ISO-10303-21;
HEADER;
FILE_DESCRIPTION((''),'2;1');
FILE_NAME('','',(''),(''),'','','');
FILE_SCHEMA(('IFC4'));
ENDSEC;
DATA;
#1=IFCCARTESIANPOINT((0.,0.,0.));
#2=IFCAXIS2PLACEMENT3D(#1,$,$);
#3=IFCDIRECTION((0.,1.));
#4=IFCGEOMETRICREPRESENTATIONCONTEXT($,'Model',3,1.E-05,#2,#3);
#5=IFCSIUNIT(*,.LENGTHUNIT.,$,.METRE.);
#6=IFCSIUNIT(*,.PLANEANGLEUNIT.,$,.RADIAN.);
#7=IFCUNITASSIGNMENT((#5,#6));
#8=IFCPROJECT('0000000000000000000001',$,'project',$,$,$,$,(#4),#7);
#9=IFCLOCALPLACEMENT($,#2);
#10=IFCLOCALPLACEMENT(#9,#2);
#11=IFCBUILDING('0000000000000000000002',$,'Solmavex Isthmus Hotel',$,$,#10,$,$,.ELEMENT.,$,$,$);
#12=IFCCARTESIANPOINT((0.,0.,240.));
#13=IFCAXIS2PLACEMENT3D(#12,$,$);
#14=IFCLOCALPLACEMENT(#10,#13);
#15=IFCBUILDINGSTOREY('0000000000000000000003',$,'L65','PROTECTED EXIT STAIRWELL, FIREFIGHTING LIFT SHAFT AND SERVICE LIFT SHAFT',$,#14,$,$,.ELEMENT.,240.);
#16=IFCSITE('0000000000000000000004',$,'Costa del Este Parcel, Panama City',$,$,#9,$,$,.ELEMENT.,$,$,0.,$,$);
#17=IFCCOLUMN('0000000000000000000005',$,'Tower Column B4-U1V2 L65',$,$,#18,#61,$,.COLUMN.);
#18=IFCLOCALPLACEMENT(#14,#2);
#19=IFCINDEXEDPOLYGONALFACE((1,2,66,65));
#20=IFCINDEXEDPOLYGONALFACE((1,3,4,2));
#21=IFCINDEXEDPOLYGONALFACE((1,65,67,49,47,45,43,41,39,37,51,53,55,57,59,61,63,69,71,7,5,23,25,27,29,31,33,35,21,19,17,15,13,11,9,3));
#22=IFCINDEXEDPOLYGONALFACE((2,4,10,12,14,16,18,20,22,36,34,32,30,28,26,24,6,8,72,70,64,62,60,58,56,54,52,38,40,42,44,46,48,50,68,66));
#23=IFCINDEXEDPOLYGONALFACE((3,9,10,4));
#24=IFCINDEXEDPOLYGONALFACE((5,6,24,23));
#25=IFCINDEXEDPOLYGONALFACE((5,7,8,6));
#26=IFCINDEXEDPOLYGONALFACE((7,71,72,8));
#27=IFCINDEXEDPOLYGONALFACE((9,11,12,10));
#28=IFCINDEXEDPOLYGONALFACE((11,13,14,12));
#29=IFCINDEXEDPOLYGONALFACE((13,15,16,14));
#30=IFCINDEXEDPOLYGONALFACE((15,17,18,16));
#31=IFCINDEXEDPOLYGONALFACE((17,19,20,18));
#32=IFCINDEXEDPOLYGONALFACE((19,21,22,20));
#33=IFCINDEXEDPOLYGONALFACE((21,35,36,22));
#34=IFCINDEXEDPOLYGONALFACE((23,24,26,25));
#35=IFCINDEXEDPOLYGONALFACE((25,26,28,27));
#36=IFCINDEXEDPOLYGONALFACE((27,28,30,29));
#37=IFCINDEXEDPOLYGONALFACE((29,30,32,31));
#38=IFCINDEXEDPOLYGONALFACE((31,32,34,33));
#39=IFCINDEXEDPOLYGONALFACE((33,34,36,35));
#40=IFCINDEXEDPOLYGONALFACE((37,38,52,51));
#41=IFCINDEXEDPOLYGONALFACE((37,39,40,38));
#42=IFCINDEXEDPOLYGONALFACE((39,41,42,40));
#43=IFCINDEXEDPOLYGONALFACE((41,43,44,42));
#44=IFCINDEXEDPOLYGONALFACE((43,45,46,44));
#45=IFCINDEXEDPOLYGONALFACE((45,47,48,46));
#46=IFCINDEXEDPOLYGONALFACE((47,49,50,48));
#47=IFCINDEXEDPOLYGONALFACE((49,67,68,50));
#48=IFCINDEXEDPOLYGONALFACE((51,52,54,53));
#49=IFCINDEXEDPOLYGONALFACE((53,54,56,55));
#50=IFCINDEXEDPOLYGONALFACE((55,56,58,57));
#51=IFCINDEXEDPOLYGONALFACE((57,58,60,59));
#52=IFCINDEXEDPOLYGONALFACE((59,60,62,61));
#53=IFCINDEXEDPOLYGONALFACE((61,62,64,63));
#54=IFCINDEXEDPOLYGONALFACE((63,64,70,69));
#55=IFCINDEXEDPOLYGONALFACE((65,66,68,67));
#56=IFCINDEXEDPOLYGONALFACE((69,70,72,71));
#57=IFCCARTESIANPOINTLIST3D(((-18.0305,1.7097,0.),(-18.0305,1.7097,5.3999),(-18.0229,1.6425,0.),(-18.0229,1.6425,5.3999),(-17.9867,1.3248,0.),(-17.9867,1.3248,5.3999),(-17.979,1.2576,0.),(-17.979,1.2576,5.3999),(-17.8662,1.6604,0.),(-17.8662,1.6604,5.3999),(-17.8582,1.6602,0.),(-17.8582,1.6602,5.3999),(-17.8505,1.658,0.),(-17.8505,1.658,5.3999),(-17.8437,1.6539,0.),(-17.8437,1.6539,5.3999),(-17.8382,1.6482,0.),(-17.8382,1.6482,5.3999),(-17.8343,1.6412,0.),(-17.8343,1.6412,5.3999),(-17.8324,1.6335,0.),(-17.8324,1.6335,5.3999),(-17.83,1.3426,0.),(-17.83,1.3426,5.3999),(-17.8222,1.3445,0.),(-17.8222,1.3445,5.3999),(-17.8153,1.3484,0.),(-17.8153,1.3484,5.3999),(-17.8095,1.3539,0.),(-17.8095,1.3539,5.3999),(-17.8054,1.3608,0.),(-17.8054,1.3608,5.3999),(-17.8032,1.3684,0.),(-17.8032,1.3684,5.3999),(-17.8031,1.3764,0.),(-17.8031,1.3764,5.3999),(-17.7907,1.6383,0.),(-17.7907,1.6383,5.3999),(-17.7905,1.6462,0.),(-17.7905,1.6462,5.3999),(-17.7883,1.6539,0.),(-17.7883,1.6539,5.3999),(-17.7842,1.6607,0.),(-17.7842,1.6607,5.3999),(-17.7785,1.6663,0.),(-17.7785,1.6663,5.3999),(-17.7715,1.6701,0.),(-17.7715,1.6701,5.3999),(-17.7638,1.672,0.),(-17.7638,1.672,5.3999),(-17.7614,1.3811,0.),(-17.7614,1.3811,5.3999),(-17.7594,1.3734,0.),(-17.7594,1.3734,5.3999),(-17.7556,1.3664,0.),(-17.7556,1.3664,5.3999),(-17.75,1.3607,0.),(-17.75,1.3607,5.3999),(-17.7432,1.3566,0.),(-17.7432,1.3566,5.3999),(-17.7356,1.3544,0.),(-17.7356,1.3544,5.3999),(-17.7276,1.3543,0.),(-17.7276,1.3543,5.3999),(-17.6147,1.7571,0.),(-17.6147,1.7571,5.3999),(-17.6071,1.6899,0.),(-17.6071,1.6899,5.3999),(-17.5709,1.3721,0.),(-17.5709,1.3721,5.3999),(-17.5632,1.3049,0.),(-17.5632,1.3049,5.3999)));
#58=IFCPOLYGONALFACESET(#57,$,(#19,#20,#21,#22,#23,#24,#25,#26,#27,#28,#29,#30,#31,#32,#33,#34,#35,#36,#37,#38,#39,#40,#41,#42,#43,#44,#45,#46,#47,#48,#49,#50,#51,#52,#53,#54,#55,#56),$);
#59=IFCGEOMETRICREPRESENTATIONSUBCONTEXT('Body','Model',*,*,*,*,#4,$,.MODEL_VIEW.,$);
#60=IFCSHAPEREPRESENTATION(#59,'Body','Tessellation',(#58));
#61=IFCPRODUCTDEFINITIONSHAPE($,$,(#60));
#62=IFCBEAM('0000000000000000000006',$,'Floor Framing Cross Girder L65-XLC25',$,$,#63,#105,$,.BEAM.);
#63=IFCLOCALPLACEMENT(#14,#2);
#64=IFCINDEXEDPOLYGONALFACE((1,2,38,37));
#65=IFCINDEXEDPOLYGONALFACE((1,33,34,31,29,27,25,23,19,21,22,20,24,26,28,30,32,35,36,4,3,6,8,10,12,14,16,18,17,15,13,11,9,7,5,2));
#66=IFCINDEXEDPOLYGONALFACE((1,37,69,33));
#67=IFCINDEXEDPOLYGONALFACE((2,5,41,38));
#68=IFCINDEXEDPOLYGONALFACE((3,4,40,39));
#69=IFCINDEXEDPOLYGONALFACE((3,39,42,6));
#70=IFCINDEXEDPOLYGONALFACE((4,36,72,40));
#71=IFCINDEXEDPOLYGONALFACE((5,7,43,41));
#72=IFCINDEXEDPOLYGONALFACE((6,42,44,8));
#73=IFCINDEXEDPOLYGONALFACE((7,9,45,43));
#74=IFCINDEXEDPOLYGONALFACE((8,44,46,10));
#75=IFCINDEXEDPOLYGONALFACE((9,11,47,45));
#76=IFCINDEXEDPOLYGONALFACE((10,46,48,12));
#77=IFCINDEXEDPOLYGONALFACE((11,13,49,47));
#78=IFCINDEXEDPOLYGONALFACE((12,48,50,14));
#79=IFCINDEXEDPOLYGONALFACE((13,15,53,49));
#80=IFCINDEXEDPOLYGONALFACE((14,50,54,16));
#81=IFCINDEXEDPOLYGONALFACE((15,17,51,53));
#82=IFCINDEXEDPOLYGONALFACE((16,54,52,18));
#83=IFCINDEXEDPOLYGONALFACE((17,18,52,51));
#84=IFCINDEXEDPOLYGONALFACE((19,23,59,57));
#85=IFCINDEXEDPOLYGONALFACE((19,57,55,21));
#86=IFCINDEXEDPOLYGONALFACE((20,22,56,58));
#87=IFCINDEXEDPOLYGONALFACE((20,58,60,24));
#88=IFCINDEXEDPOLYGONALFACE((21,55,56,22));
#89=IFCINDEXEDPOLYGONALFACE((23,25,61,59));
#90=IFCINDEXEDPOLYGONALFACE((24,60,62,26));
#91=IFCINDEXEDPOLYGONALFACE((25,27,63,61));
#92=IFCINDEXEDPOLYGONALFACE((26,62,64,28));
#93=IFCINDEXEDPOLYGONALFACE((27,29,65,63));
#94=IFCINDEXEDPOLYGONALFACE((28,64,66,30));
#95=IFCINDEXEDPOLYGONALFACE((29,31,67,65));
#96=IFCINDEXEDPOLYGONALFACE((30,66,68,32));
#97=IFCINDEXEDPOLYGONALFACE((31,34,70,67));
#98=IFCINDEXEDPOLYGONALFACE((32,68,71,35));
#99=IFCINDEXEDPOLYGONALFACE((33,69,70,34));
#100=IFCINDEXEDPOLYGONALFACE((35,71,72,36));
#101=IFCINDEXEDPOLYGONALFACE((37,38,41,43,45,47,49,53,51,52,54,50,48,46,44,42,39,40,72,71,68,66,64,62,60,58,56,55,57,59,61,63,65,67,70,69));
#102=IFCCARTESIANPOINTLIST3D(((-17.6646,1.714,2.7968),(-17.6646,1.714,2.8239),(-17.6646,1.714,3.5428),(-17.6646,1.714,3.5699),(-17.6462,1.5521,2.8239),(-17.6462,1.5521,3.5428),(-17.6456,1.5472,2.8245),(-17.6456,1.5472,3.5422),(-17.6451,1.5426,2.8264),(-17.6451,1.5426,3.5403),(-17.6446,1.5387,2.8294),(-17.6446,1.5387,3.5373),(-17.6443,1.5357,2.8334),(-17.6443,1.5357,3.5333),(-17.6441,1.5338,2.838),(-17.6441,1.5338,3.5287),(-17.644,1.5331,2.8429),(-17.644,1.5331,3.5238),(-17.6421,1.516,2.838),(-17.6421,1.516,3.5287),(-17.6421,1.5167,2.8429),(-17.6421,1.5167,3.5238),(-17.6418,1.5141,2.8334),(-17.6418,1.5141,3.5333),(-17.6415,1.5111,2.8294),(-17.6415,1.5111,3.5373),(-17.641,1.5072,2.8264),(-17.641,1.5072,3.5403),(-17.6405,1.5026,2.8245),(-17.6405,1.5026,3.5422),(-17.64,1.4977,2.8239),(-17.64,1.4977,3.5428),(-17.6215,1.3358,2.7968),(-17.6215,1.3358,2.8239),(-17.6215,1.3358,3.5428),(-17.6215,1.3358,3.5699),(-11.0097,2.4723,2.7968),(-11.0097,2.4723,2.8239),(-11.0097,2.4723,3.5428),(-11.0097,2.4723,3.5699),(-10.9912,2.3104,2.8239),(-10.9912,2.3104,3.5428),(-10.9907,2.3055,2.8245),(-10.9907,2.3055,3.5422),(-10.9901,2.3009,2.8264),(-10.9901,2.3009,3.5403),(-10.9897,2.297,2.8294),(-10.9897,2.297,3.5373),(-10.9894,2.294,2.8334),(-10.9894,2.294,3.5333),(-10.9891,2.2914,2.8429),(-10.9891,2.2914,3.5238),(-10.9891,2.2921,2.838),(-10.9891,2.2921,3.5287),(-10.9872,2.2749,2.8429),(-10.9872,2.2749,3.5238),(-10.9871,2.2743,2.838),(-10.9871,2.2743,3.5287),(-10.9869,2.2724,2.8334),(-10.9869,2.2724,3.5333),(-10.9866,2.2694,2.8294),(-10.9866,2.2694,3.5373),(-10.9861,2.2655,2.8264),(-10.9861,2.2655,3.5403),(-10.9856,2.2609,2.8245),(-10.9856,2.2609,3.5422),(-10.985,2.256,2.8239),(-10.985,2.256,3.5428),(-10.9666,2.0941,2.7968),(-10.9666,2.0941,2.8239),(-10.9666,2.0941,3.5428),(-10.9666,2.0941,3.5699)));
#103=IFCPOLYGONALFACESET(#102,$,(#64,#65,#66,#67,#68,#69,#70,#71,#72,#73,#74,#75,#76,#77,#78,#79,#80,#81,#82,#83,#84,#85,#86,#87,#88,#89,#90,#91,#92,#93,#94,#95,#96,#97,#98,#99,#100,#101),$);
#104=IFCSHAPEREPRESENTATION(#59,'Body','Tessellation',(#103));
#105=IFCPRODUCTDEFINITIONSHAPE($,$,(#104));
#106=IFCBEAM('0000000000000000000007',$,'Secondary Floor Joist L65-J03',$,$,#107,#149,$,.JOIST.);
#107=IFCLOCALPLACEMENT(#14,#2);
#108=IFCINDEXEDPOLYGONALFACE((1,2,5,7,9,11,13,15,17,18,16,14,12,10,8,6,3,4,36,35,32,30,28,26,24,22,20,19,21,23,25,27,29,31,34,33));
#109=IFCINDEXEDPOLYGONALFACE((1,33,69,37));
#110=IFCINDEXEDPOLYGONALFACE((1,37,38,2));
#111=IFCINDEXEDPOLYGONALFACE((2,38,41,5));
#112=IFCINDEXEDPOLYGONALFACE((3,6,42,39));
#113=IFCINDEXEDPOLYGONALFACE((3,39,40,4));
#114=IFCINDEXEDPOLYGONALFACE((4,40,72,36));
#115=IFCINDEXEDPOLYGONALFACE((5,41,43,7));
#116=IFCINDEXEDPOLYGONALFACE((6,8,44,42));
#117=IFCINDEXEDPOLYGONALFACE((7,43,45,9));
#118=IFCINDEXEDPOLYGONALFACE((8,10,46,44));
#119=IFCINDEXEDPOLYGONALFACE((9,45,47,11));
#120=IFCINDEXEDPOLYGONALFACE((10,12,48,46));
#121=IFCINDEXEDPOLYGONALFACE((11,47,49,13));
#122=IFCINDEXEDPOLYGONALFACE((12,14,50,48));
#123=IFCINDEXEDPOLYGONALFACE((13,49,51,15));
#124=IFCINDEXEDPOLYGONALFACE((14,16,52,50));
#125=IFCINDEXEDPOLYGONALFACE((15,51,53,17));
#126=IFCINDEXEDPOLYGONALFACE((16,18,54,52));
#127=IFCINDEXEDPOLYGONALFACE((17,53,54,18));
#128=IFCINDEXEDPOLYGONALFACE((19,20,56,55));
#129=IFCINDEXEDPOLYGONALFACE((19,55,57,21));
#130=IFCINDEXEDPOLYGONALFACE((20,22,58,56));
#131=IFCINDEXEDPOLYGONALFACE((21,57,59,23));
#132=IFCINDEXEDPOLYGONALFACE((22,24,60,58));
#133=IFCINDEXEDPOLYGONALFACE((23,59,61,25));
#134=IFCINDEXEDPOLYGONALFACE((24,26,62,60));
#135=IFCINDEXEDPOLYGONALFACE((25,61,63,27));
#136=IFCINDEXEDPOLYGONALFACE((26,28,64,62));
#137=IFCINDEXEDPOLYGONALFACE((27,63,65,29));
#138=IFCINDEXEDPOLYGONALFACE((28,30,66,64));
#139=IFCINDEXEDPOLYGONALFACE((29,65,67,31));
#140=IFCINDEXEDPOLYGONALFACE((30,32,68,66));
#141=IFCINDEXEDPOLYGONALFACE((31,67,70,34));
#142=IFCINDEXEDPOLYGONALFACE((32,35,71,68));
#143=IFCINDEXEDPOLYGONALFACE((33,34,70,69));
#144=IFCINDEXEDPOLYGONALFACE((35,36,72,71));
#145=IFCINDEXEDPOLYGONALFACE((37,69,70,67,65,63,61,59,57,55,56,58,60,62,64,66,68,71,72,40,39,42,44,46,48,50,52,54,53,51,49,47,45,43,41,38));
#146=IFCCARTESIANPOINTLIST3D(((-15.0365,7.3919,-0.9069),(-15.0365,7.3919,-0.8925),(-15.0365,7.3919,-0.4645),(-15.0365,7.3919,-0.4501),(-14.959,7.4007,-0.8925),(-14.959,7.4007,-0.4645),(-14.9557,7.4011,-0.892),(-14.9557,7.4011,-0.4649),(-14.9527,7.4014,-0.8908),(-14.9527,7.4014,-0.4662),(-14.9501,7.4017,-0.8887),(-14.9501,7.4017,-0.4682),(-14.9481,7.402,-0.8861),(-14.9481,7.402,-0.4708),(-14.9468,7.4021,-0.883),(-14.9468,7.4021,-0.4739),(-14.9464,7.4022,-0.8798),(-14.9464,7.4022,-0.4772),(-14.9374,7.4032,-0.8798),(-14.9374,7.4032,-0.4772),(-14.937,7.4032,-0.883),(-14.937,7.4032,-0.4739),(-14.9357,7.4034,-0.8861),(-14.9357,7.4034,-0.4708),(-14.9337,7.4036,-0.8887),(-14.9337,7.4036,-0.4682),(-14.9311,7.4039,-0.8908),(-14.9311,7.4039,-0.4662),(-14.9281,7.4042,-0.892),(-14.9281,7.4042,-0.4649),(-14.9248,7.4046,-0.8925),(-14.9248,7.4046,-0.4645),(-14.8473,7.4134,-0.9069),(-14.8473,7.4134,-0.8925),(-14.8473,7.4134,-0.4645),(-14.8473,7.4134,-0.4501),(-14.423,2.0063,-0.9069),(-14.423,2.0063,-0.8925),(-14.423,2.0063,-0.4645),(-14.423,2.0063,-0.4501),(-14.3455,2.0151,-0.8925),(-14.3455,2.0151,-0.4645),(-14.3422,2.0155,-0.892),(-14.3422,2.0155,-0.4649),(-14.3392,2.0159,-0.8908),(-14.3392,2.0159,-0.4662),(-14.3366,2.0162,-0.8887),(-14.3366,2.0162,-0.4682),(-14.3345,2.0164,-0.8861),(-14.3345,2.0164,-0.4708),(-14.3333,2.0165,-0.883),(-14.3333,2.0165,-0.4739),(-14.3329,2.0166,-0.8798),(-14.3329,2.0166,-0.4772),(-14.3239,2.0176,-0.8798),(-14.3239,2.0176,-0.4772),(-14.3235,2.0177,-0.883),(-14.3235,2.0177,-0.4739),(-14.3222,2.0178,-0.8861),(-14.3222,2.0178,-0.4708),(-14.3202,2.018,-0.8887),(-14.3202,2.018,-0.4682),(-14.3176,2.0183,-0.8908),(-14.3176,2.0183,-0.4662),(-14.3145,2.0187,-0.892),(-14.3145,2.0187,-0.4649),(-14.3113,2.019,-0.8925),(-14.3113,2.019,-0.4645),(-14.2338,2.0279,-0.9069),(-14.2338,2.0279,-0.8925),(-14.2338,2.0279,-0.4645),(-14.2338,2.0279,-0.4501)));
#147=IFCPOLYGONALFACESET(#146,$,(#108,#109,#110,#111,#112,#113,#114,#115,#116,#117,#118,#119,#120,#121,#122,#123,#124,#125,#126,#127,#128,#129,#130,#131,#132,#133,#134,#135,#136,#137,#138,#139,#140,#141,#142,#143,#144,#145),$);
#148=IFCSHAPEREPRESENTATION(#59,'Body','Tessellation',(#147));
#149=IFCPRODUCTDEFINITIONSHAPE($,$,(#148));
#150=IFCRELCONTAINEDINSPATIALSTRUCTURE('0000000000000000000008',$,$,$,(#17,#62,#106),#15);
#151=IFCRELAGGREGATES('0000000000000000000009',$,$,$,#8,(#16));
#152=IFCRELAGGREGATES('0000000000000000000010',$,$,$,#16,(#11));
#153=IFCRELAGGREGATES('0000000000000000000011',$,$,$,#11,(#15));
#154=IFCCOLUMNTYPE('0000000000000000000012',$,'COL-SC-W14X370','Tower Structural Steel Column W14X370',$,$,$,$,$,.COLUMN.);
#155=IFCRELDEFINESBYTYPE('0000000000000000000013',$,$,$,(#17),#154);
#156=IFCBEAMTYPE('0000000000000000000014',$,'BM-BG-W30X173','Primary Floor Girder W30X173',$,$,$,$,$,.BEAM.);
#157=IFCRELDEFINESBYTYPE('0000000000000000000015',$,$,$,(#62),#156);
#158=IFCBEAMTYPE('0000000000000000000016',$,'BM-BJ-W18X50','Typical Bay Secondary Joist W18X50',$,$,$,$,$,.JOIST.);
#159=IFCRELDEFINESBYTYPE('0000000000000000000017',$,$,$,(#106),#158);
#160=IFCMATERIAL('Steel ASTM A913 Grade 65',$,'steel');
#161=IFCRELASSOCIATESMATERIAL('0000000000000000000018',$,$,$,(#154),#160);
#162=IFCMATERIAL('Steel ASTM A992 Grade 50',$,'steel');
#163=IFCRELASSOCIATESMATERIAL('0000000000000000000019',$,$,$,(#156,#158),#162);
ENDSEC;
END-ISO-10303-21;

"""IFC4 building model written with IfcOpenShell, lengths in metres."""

from ifc_helpers import new_model, si_unit, direction, frame, origin, origin_2d, place, context, subcontext, project, spatial, i_section, extrude, material, material_profile, profile_set, type_object, element, save


model = new_model("IFC4")

# Units and contexts
model_context = context("Model", 3, precision=1e-05, world=origin(), true_north=direction((0.0, 1.0)))
body_context = subcontext(model_context, "Body", "Model", "MODEL_VIEW")
ifc_project = project(units=[si_unit("LENGTHUNIT", "METRE"), si_unit("PLANEANGLEUNIT", "RADIAN")], contexts=[model_context])

# Site, building, storey
site_placement = place(None, origin())
site = spatial("IfcSite", under=ifc_project, at=site_placement, Name="Costa del Este Parcel, Panama City", CompositionType="ELEMENT", RefElevation=0.0)
building_placement = place(site_placement, origin())
building = spatial("IfcBuilding", under=site, at=building_placement, Name="Solmavex Isthmus Hotel", CompositionType="ELEMENT")
storey_placement = place(building_placement, frame((0.0, 0.0, 240.0)))
storey = spatial("IfcBuildingStorey", under=building, at=storey_placement, Name="L65", Description="PROTECTED EXIT STAIRWELL, FIREFIGHTING LIFT SHAFT AND SERVICE LIFT SHAFT", CompositionType="ELEMENT", Elevation=240.0)

# Column
ifc_material_1 = material(Name="Steel ASTM A913 Grade 65", Category="steel")
ifc_material_profile_1 = material_profile(ifc_material_1, i_section(OverallWidth=0.4185, OverallDepth=0.4551, WebThickness=0.042, FlangeThickness=0.0676, FilletRadius=0.0305, at=origin_2d()), Name="W14X370")
ifc_profile_set_1 = profile_set([ifc_material_profile_1], Name="Steel ASTM A913 Grade 65")
column_type = type_object("IfcColumnType", Name="COL-SC-W14X370", Description="Tower Structural Steel Column W14X370", PredefinedType="COLUMN", material=ifc_profile_set_1)
column_placement = place(storey_placement, frame((-17.7969, 1.5073, 0.0), z_axis=(0.0, 0.0, 1.0), x_axis=(0.993572, 0.113203, 0.0)))
element("IfcColumn", 1, at=column_placement, inside=storey, type_object=column_type, Name="Tower Column B4-U1V2 L65", PredefinedType="COLUMN", context=body_context, shape_type="SweptSolid", body=[
    extrude(i_section(OverallWidth=0.4185, OverallDepth=0.4551, WebThickness=0.042, FlangeThickness=0.0676, FilletRadius=0.0305, at=origin_2d()), origin(), (0.0, 0.0, 1.0), 5.3999),
])

# Beams
ifc_material_2 = material(Name="Steel ASTM A992 Grade 50", Category="steel")
ifc_material_profile_2 = material_profile(ifc_material_2, i_section(OverallWidth=0.3806, OverallDepth=0.7732, WebThickness=0.0166, FlangeThickness=0.0271, FilletRadius=0.019, at=origin_2d()), Name="W30X173")
ifc_profile_set_2 = profile_set([ifc_material_profile_2], Name="Steel ASTM A992 Grade 50")
beam_type_1 = type_object("IfcBeamType", Name="BM-BG-W30X173", Description="Primary Floor Girder W30X173", PredefinedType="BEAM", material=ifc_profile_set_2)
beam_1_placement = place(storey_placement, frame((-17.6431, 1.5249, 3.1833), z_axis=(0.993571, 0.113211, 0.0), x_axis=(-0.113211, 0.993571, 0.0)))
element("IfcBeam", 2, at=beam_1_placement, inside=storey, type_object=beam_type_1, Name="Floor Framing Cross Girder L65-XLC25", PredefinedType="BEAM", context=body_context, shape_type="SweptSolid", body=[
    extrude(i_section(OverallWidth=0.3806, OverallDepth=0.7732, WebThickness=0.0166, FlangeThickness=0.0271, FilletRadius=0.019, at=origin_2d()), origin(), (0.0, 0.0, 1.0), 6.698),
])
ifc_material_profile_3 = material_profile(ifc_material_2, i_section(OverallWidth=0.1904, OverallDepth=0.4568, WebThickness=0.009, FlangeThickness=0.0144, FilletRadius=0.0127, at=origin_2d()), Name="W18X50")
ifc_profile_set_3 = profile_set([ifc_material_profile_3], Name="Steel ASTM A992 Grade 50")
beam_type_2 = type_object("IfcBeamType", Name="BM-BJ-W18X50", Description="Typical Bay Secondary Joist W18X50", PredefinedType="JOIST", material=ifc_profile_set_3)
beam_2_placement = place(storey_placement, frame((-14.3284, 2.0171, -0.6785), z_axis=(-0.11319, 0.993573, 0.0), x_axis=(-0.993573, -0.11319, 0.0)))
element("IfcBeam", 3, at=beam_2_placement, inside=storey, type_object=beam_type_2, Name="Secondary Floor Joist L65-J03", PredefinedType="JOIST", context=body_context, shape_type="SweptSolid", body=[
    extrude(i_section(OverallWidth=0.1904, OverallDepth=0.4568, WebThickness=0.009, FlangeThickness=0.0144, FilletRadius=0.0127, at=origin_2d()), origin(), (0.0, 0.0, 1.0), 5.4204),
])

save(model, "model.ifc")
